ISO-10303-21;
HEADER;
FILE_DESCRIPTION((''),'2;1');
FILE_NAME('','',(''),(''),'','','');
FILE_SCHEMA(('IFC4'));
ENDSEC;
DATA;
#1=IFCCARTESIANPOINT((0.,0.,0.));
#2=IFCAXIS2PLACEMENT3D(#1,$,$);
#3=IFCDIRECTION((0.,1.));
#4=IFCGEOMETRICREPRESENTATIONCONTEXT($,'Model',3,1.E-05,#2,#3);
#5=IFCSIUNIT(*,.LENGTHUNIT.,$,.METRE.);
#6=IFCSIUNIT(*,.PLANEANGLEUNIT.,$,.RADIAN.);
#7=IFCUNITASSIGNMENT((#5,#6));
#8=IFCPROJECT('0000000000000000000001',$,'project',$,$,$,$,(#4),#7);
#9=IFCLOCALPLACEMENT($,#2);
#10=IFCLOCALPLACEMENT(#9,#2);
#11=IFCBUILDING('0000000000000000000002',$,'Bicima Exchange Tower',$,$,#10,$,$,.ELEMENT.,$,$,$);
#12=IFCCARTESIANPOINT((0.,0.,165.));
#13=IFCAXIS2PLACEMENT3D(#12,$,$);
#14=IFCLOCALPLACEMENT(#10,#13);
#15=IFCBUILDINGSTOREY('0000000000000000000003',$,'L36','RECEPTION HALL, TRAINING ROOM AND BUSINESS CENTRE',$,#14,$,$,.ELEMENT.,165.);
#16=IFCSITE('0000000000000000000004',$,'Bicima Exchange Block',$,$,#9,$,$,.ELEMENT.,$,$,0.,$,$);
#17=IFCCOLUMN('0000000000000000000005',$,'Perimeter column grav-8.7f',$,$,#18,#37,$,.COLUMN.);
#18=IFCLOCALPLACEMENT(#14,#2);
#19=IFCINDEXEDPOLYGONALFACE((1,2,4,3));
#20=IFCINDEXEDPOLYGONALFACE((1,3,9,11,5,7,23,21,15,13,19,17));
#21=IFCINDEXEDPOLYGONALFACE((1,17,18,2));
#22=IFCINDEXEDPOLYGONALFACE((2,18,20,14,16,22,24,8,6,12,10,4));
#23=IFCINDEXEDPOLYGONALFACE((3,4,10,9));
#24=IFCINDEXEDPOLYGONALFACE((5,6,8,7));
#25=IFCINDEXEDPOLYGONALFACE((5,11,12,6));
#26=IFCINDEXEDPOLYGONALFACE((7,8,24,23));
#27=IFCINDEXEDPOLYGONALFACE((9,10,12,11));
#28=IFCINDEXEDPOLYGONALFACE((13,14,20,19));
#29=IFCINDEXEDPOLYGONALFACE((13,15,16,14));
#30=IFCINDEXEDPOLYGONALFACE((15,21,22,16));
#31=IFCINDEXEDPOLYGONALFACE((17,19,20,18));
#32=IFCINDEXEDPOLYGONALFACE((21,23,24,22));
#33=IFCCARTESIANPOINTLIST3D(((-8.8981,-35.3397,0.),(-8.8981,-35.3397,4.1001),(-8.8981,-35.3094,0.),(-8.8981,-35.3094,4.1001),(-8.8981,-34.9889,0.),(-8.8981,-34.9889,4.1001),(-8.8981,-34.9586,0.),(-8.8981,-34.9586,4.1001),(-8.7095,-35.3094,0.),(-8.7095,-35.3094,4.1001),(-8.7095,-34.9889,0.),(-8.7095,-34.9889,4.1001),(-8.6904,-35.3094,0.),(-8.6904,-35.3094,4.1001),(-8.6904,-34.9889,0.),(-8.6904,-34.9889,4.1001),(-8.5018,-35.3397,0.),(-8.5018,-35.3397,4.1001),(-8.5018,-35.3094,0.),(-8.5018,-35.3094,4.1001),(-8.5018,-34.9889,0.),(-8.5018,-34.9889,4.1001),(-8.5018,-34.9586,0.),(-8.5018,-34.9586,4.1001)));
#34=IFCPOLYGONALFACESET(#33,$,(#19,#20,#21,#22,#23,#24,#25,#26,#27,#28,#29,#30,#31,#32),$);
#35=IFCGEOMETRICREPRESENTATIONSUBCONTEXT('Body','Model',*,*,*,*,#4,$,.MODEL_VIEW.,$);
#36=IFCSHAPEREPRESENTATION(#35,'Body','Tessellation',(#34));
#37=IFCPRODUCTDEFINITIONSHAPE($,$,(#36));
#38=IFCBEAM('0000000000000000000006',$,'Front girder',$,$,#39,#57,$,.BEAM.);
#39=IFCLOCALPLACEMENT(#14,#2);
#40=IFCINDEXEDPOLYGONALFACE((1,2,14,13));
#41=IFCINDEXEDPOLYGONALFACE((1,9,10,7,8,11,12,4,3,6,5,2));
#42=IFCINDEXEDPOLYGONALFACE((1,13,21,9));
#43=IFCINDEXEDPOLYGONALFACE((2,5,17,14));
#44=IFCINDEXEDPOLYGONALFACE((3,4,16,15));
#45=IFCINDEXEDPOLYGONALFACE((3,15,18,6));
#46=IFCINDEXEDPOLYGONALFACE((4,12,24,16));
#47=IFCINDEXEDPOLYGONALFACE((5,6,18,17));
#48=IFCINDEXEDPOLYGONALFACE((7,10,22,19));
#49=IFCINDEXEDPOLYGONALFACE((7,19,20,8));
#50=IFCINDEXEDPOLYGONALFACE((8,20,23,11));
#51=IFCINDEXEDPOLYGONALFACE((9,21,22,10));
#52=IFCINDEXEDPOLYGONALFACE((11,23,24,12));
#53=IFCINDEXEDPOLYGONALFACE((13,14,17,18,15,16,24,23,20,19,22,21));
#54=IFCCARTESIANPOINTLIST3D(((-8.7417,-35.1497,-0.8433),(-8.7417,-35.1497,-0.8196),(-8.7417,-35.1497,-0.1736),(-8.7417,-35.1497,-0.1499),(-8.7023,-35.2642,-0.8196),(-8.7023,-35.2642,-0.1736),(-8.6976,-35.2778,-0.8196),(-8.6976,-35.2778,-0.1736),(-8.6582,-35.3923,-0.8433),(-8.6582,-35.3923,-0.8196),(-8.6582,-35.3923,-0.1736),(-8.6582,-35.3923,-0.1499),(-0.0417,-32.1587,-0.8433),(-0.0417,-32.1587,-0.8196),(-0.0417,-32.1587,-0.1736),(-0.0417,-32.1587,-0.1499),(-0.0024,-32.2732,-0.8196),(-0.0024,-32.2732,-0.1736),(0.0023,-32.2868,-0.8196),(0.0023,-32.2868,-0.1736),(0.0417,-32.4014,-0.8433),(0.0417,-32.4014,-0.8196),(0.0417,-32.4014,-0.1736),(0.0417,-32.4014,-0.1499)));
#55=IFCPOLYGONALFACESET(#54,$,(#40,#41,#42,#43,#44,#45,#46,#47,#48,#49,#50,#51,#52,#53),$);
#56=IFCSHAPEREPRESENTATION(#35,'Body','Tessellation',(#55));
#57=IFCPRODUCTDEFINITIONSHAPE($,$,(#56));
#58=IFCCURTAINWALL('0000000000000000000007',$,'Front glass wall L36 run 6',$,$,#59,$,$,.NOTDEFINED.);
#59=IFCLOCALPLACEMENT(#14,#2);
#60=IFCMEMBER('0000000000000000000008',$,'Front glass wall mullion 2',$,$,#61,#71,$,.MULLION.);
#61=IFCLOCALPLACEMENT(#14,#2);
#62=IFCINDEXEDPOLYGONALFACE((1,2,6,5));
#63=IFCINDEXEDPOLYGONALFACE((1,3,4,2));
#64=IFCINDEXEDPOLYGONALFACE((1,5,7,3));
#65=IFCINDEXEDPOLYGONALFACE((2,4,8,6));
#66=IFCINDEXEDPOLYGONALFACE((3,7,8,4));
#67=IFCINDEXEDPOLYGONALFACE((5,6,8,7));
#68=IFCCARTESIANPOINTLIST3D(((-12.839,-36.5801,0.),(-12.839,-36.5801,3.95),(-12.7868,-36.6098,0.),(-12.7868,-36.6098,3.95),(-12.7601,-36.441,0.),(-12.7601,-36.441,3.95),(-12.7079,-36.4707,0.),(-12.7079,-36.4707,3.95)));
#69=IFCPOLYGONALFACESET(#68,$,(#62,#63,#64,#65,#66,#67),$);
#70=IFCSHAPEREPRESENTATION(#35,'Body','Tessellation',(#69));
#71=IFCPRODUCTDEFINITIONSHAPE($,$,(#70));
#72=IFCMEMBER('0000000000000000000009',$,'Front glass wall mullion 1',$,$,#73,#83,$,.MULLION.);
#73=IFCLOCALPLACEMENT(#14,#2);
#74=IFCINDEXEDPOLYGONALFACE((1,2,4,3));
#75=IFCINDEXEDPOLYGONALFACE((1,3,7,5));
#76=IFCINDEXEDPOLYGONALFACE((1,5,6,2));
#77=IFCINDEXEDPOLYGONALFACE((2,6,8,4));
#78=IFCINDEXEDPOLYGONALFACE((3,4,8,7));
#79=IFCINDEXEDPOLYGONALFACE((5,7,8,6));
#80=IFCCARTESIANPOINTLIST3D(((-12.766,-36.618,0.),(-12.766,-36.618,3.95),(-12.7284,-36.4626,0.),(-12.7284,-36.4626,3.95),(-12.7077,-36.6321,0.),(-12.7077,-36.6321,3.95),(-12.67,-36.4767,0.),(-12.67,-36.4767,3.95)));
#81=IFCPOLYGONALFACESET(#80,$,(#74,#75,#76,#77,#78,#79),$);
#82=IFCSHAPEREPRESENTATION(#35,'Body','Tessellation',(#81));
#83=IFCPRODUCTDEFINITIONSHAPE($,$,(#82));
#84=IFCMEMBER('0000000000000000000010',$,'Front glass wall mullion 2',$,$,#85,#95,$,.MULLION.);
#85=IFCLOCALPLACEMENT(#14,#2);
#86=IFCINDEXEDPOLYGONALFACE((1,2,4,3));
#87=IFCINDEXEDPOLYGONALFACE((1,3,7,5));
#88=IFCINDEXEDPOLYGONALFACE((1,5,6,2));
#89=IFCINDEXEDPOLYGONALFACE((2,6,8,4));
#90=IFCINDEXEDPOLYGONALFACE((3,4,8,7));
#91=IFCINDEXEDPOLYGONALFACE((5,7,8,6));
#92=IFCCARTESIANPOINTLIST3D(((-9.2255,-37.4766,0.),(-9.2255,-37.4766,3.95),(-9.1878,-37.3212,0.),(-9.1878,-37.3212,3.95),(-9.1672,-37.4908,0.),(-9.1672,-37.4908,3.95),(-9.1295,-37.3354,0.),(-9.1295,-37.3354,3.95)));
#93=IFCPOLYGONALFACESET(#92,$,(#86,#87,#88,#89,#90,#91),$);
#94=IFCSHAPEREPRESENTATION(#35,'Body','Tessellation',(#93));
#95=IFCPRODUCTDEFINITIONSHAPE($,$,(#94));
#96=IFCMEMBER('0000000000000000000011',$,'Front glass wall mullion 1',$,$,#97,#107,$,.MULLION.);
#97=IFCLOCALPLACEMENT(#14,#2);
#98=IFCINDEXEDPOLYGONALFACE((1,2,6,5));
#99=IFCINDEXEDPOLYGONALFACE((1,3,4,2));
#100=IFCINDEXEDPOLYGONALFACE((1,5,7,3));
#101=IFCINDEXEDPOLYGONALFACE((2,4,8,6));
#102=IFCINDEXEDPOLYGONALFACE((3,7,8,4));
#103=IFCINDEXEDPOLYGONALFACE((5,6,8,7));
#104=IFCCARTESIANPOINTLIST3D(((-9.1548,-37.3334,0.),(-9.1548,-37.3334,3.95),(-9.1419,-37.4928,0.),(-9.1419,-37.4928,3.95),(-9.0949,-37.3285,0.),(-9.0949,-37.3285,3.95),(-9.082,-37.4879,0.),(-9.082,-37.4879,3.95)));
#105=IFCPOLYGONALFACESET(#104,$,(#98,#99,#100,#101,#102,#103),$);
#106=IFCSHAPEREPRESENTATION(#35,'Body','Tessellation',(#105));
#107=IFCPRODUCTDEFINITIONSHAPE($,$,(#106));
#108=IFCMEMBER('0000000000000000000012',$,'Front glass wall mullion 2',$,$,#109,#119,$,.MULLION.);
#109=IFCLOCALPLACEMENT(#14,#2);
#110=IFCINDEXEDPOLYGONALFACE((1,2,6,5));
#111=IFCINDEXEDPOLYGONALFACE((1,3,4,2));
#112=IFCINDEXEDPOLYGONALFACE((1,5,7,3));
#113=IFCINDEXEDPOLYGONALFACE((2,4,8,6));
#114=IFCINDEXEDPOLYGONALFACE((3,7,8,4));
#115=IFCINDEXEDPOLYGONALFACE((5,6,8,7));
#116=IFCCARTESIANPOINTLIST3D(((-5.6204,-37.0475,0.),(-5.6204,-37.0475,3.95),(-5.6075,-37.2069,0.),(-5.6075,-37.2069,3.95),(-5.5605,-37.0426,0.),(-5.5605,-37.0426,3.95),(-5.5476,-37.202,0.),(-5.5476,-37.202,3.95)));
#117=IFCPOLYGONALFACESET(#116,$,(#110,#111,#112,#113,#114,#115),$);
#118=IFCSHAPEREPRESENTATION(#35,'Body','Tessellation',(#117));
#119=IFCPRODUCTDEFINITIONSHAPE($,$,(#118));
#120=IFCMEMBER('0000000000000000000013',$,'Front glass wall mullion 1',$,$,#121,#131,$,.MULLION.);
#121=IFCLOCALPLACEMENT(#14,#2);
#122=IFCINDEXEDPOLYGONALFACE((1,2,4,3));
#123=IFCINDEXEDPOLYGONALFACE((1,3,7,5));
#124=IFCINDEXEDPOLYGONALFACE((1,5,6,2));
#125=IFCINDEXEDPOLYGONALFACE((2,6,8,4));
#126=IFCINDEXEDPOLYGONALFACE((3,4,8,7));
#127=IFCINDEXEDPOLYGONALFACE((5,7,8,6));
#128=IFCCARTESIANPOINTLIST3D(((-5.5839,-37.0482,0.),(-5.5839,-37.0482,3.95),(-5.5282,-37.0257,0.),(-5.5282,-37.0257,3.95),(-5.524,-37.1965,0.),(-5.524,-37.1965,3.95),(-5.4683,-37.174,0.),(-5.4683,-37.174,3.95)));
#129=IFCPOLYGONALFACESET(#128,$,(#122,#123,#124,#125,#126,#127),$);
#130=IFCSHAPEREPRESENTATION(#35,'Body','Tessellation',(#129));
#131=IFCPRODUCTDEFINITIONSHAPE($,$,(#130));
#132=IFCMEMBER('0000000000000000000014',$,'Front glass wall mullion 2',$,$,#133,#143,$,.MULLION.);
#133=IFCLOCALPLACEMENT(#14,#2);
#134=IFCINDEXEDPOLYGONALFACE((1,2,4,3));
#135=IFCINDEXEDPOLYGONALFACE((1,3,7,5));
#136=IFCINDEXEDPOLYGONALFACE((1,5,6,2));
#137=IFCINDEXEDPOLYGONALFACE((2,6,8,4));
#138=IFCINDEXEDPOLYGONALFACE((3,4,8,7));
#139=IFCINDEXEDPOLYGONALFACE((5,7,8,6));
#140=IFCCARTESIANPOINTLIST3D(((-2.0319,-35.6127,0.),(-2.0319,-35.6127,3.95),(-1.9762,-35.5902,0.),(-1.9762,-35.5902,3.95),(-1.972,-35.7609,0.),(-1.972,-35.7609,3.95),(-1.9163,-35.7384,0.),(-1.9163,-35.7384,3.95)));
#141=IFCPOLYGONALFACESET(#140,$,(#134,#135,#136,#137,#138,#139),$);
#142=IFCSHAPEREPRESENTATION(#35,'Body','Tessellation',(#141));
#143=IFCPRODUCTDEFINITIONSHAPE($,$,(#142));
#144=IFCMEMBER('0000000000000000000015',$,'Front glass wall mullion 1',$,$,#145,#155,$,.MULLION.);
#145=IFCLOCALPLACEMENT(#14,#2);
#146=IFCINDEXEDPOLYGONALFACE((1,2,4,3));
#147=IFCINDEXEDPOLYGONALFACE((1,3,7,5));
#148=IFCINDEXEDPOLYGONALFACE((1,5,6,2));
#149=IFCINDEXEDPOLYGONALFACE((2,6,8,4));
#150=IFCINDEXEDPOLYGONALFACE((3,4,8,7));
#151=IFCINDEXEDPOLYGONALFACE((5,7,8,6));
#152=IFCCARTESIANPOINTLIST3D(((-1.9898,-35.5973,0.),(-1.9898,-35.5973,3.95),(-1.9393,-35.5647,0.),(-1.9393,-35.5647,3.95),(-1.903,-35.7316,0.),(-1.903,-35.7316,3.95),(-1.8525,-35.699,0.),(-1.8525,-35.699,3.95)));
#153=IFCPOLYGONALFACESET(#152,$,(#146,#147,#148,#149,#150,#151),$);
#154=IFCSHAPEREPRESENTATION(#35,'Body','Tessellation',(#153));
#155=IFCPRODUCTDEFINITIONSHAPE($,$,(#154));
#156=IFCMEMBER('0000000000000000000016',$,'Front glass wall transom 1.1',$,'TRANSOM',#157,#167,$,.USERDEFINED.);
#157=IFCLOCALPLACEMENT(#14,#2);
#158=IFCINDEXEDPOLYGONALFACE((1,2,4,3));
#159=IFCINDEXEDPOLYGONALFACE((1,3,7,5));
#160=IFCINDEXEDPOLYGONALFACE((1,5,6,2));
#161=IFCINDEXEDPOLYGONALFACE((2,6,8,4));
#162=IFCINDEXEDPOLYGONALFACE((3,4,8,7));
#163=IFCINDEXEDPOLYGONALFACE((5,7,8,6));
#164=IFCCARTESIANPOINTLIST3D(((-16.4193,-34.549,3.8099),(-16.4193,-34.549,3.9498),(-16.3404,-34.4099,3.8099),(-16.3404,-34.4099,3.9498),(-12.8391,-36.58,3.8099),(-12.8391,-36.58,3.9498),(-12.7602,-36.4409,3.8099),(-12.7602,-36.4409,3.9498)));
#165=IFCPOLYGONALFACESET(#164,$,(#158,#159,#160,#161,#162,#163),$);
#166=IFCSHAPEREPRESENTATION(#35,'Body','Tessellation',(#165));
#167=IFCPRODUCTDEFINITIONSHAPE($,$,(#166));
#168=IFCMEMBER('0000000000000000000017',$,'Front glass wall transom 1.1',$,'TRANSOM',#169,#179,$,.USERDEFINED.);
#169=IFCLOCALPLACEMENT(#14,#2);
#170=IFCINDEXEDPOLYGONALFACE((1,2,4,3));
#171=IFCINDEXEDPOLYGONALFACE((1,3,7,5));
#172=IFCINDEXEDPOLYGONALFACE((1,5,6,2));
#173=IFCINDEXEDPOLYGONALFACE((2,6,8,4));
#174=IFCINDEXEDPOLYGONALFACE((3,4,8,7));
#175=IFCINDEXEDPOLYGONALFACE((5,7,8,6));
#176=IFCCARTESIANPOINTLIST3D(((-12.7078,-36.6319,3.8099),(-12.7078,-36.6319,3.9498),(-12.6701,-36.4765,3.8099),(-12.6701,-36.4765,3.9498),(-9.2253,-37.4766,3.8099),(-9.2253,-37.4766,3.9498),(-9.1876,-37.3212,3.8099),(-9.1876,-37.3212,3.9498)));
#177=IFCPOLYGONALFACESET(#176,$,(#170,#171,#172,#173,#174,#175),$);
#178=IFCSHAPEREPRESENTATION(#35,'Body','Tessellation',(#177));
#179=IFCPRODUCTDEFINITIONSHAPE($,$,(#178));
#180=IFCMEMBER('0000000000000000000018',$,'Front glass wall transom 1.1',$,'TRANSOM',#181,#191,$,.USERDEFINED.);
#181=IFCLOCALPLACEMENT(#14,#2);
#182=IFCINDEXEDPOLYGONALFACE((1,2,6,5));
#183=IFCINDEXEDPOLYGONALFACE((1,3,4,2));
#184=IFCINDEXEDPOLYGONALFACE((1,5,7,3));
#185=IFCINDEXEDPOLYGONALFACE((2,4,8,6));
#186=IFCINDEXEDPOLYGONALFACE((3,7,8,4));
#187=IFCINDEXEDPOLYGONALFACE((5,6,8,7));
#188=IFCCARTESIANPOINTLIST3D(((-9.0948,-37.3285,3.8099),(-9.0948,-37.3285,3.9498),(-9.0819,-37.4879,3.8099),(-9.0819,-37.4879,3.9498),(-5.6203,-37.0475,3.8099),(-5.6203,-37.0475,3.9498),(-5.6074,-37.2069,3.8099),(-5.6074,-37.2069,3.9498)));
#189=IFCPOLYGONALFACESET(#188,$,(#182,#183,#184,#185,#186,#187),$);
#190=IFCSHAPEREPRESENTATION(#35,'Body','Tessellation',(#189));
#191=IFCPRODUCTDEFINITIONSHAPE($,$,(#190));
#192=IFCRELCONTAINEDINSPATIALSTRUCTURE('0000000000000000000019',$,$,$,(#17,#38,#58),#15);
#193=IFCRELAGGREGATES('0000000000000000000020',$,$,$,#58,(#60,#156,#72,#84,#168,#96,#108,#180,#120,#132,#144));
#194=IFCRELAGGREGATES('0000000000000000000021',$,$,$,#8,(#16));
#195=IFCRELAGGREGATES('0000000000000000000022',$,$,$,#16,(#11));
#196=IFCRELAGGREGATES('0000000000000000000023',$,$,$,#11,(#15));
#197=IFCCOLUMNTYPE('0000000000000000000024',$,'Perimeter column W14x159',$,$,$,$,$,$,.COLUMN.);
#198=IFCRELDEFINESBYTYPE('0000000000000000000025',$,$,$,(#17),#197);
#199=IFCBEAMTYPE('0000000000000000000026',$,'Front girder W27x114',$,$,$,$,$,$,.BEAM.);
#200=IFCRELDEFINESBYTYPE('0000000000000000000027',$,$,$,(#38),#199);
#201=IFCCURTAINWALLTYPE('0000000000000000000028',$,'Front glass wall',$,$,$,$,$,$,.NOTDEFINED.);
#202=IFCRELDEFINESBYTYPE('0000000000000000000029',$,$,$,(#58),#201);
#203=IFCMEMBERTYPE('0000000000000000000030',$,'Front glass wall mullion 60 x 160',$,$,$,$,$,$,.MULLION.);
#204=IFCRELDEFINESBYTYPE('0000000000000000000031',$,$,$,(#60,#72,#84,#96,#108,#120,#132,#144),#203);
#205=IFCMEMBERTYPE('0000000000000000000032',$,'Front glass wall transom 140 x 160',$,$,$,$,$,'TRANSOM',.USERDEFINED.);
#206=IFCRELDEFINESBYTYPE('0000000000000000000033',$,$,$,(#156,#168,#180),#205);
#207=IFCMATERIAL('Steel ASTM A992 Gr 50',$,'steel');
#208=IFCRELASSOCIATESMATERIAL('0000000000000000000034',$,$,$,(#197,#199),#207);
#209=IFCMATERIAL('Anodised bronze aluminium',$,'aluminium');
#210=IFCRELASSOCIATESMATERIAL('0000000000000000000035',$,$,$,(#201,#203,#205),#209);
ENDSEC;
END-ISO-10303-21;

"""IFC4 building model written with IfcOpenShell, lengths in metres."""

from ifc_helpers import new_model, si_unit, direction, frame, origin, origin_2d, place, context, subcontext, project, spatial, rectangle, i_section, extrude, material, material_profile, profile_set, type_object, element, aggregate, save


model = new_model("IFC4")

# Units and contexts
model_context = context("Model", 3, precision=1e-05, world=origin(), true_north=direction((0.0, 1.0)))
body_context = subcontext(model_context, "Body", "Model", "MODEL_VIEW")
ifc_project = project(units=[si_unit("LENGTHUNIT", "METRE"), si_unit("PLANEANGLEUNIT", "RADIAN")], contexts=[model_context])

# Site, building, storey
site_placement = place(None, origin())
site = spatial("IfcSite", under=ifc_project, at=site_placement, Name="Bicima Exchange Block", CompositionType="ELEMENT", RefElevation=0.0)
building_placement = place(site_placement, origin())
building = spatial("IfcBuilding", under=site, at=building_placement, Name="Bicima Exchange Tower", CompositionType="ELEMENT")
storey_placement = place(building_placement, frame((0.0, 0.0, 165.0)))
storey = spatial("IfcBuildingStorey", under=building, at=storey_placement, Name="L36", Description="RECEPTION HALL, TRAINING ROOM AND BUSINESS CENTRE", CompositionType="ELEMENT", Elevation=165.0)

# Column
ifc_material_1 = material(Name="Steel ASTM A992 Gr 50", Category="steel")
ifc_material_profile_1 = material_profile(ifc_material_1, i_section(OverallWidth=0.3962, OverallDepth=0.3811, WebThickness=0.019, FlangeThickness=0.0303, at=origin_2d()))
ifc_profile_set_1 = profile_set([ifc_material_profile_1], Name="Steel ASTM A992 Gr 50")
column_type = type_object("IfcColumnType", Name="Perimeter column W14x159", PredefinedType="COLUMN", material=ifc_profile_set_1)
column_placement = place(storey_placement, frame((-8.7, -35.1492, 0.0), z_axis=(0.0, 0.0, 1.0), x_axis=(1.0, 0.0, 0.0)))
element("IfcColumn", 1, at=column_placement, inside=storey, type_object=column_type, Name="Perimeter column grav-8.7f", PredefinedType="COLUMN", context=body_context, shape_type="SweptSolid", body=[
    extrude(i_section(OverallWidth=0.3962, OverallDepth=0.3811, WebThickness=0.019, FlangeThickness=0.0303, at=origin_2d()), origin(), (0.0, 0.0, 1.0), 4.1001),
])

# Beam
ifc_material_profile_2 = material_profile(ifc_material_1, i_section(OverallWidth=0.2566, OverallDepth=0.6934, WebThickness=0.0144, FlangeThickness=0.0237, at=origin_2d()))
ifc_profile_set_2 = profile_set([ifc_material_profile_2], Name="Steel ASTM A992 Gr 50")
beam_type = type_object("IfcBeamType", Name="Front girder W27x114", PredefinedType="BEAM", material=ifc_profile_set_2)
beam_placement = place(storey_placement, frame((-8.7, -35.271, -0.4966), z_axis=(0.945675, 0.325115, 0.0), x_axis=(-0.325115, 0.945675, 0.0)))
element("IfcBeam", 2, at=beam_placement, inside=storey, type_object=beam_type, Name="Front girder", PredefinedType="BEAM", context=body_context, shape_type="SweptSolid", body=[
    extrude(i_section(OverallWidth=0.2566, OverallDepth=0.6934, WebThickness=0.0144, FlangeThickness=0.0237, at=origin_2d()), origin(), (0.0, 0.0, 1.0), 9.1997),
])

# Curtain wall, members
ifc_material_2 = material(Name="Anodised bronze aluminium", Category="aluminium")
curtain_wall_type = type_object("IfcCurtainWallType", Name="Front glass wall", PredefinedType="NOTDEFINED", material=ifc_material_2)
curtain_wall_placement = place(storey_placement, origin())
curtain_wall = element("IfcCurtainWall", 3, at=curtain_wall_placement, inside=storey, type_object=curtain_wall_type, Name="Front glass wall L36 run 6", PredefinedType="NOTDEFINED")
ifc_material_profile_3 = material_profile(ifc_material_2, rectangle(XDim=0.1599, YDim=0.0601, at=origin_2d()))
ifc_profile_set_3 = profile_set([ifc_material_profile_3], Name="Anodised bronze aluminium")
member_type_1 = type_object("IfcMemberType", Name="Front glass wall mullion 60 x 160", PredefinedType="MULLION", material=ifc_profile_set_3)
member_1_placement = place(storey_placement, frame((-12.7734, -36.5254, 0.0), z_axis=(0.0, 0.0, 1.0), x_axis=(0.493395, 0.869805, 0.0)))
member_1 = element("IfcMember", 4, at=member_1_placement, type_object=member_type_1, Name="Front glass wall mullion 2", PredefinedType="MULLION", context=body_context, shape_type="SweptSolid", body=[
    extrude(rectangle(XDim=0.1599, YDim=0.0601, at=origin_2d()), origin(), (0.0, 0.0, 1.0), 3.95),
])
member_2_placement = place(storey_placement, frame((-12.718, -36.5474, 0.0), z_axis=(0.0, 0.0, 1.0), x_axis=(0.235682, 0.97183, 0.0)))
member_2 = element("IfcMember", 5, at=member_2_placement, type_object=member_type_1, Name="Front glass wall mullion 1", PredefinedType="MULLION", context=body_context, shape_type="SweptSolid", body=[
    extrude(rectangle(XDim=0.1599, YDim=0.0601, at=origin_2d()), origin(), (0.0, 0.0, 1.0), 3.95),
])
member_3_placement = place(storey_placement, frame((-9.1775, -37.406, 0.0), z_axis=(0.0, 0.0, 1.0), x_axis=(0.235682, 0.97183, 0.0)))
member_3 = element("IfcMember", 6, at=member_3_placement, type_object=member_type_1, Name="Front glass wall mullion 2", PredefinedType="MULLION", context=body_context, shape_type="SweptSolid", body=[
    extrude(rectangle(XDim=0.1599, YDim=0.0601, at=origin_2d()), origin(), (0.0, 0.0, 1.0), 3.95),
])
member_4_placement = place(storey_placement, frame((-9.1184, -37.4106, 0.0), z_axis=(0.0, 0.0, 1.0), x_axis=(-0.080589, 0.996747, 0.0)))
member_4 = element("IfcMember", 7, at=member_4_placement, type_object=member_type_1, Name="Front glass wall mullion 1", PredefinedType="MULLION", context=body_context, shape_type="SweptSolid", body=[
    extrude(rectangle(XDim=0.1599, YDim=0.0601, at=origin_2d()), origin(), (0.0, 0.0, 1.0), 3.95),
])
member_5_placement = place(storey_placement, frame((-5.584, -37.1248, 0.0), z_axis=(0.0, 0.0, 1.0), x_axis=(-0.080589, 0.996747, 0.0)))
member_5 = element("IfcMember", 8, at=member_5_placement, type_object=member_type_1, Name="Front glass wall mullion 2", PredefinedType="MULLION", context=body_context, shape_type="SweptSolid", body=[
    extrude(rectangle(XDim=0.1599, YDim=0.0601, at=origin_2d()), origin(), (0.0, 0.0, 1.0), 3.95),
])
member_6_placement = place(storey_placement, frame((-5.5261, -37.1111, 0.0), z_axis=(0.0, 0.0, 1.0), x_axis=(-0.374705, 0.927144, 0.0)))
member_6 = element("IfcMember", 9, at=member_6_placement, type_object=member_type_1, Name="Front glass wall mullion 1", PredefinedType="MULLION", context=body_context, shape_type="SweptSolid", body=[
    extrude(rectangle(XDim=0.1599, YDim=0.0601, at=origin_2d()), origin(), (0.0, 0.0, 1.0), 3.95),
])
member_7_placement = place(storey_placement, frame((-1.9741, -35.6755, 0.0), z_axis=(0.0, 0.0, 1.0), x_axis=(-0.374705, 0.927144, 0.0)))
member_7 = element("IfcMember", 10, at=member_7_placement, type_object=member_type_1, Name="Front glass wall mullion 2", PredefinedType="MULLION", context=body_context, shape_type="SweptSolid", body=[
    extrude(rectangle(XDim=0.1599, YDim=0.0601, at=origin_2d()), origin(), (0.0, 0.0, 1.0), 3.95),
])
member_8_placement = place(storey_placement, frame((-1.9211, -35.6482, 0.0), z_axis=(0.0, 0.0, 1.0), x_axis=(-0.542897, 0.839799, 0.0)))
member_8 = element("IfcMember", 11, at=member_8_placement, type_object=member_type_1, Name="Front glass wall mullion 1", PredefinedType="MULLION", context=body_context, shape_type="SweptSolid", body=[
    extrude(rectangle(XDim=0.1599, YDim=0.0601, at=origin_2d()), origin(), (0.0, 0.0, 1.0), 3.95),
])
ifc_material_profile_4 = material_profile(ifc_material_2, rectangle(XDim=0.1599, YDim=0.1399, at=origin_2d()))
ifc_profile_set_4 = profile_set([ifc_material_profile_4], Name="Anodised bronze aluminium")
member_type_2 = type_object("IfcMemberType", Name="Front glass wall transom 140 x 160", ElementType="TRANSOM", PredefinedType="USERDEFINED", material=ifc_profile_set_4)
member_9_placement = place(storey_placement, frame((-16.3799, -34.4795, 3.8799), z_axis=(0.869797, -0.493409, 0.0), x_axis=(0.493409, 0.869797, 0.0)))
member_9 = element("IfcMember", 12, at=member_9_placement, type_object=member_type_2, Name="Front glass wall transom 1.1", ObjectType="TRANSOM", PredefinedType="USERDEFINED", context=body_context, shape_type="SweptSolid", body=[
    extrude(rectangle(XDim=0.1599, YDim=0.1399, at=origin_2d()), origin(), (0.0, 0.0, 1.0), 4.1162),
])
member_10_placement = place(storey_placement, frame((-12.689, -36.5542, 3.8799), z_axis=(0.971818, -0.235733, 0.0), x_axis=(0.235733, 0.971818, 0.0)))
member_10 = element("IfcMember", 13, at=member_10_placement, type_object=member_type_2, Name="Front glass wall transom 1.1", ObjectType="TRANSOM", PredefinedType="USERDEFINED", context=body_context, shape_type="SweptSolid", body=[
    extrude(rectangle(XDim=0.1599, YDim=0.1399, at=origin_2d()), origin(), (0.0, 0.0, 1.0), 3.5835),
])
member_11_placement = place(storey_placement, frame((-9.0884, -37.4082, 3.8799), z_axis=(0.996746, 0.080611, 0.0), x_axis=(-0.080611, 0.996746, 0.0)))
member_11 = element("IfcMember", 14, at=member_11_placement, type_object=member_type_2, Name="Front glass wall transom 1.1", ObjectType="TRANSOM", PredefinedType="USERDEFINED", context=body_context, shape_type="SweptSolid", body=[
    extrude(rectangle(XDim=0.1599, YDim=0.1399, at=origin_2d()), origin(), (0.0, 0.0, 1.0), 3.4858),
])
aggregate(curtain_wall, [member_1, member_9, member_2, member_3, member_10, member_4, member_5, member_11, member_6, member_7, member_8])

save(model, "model.ifc")
